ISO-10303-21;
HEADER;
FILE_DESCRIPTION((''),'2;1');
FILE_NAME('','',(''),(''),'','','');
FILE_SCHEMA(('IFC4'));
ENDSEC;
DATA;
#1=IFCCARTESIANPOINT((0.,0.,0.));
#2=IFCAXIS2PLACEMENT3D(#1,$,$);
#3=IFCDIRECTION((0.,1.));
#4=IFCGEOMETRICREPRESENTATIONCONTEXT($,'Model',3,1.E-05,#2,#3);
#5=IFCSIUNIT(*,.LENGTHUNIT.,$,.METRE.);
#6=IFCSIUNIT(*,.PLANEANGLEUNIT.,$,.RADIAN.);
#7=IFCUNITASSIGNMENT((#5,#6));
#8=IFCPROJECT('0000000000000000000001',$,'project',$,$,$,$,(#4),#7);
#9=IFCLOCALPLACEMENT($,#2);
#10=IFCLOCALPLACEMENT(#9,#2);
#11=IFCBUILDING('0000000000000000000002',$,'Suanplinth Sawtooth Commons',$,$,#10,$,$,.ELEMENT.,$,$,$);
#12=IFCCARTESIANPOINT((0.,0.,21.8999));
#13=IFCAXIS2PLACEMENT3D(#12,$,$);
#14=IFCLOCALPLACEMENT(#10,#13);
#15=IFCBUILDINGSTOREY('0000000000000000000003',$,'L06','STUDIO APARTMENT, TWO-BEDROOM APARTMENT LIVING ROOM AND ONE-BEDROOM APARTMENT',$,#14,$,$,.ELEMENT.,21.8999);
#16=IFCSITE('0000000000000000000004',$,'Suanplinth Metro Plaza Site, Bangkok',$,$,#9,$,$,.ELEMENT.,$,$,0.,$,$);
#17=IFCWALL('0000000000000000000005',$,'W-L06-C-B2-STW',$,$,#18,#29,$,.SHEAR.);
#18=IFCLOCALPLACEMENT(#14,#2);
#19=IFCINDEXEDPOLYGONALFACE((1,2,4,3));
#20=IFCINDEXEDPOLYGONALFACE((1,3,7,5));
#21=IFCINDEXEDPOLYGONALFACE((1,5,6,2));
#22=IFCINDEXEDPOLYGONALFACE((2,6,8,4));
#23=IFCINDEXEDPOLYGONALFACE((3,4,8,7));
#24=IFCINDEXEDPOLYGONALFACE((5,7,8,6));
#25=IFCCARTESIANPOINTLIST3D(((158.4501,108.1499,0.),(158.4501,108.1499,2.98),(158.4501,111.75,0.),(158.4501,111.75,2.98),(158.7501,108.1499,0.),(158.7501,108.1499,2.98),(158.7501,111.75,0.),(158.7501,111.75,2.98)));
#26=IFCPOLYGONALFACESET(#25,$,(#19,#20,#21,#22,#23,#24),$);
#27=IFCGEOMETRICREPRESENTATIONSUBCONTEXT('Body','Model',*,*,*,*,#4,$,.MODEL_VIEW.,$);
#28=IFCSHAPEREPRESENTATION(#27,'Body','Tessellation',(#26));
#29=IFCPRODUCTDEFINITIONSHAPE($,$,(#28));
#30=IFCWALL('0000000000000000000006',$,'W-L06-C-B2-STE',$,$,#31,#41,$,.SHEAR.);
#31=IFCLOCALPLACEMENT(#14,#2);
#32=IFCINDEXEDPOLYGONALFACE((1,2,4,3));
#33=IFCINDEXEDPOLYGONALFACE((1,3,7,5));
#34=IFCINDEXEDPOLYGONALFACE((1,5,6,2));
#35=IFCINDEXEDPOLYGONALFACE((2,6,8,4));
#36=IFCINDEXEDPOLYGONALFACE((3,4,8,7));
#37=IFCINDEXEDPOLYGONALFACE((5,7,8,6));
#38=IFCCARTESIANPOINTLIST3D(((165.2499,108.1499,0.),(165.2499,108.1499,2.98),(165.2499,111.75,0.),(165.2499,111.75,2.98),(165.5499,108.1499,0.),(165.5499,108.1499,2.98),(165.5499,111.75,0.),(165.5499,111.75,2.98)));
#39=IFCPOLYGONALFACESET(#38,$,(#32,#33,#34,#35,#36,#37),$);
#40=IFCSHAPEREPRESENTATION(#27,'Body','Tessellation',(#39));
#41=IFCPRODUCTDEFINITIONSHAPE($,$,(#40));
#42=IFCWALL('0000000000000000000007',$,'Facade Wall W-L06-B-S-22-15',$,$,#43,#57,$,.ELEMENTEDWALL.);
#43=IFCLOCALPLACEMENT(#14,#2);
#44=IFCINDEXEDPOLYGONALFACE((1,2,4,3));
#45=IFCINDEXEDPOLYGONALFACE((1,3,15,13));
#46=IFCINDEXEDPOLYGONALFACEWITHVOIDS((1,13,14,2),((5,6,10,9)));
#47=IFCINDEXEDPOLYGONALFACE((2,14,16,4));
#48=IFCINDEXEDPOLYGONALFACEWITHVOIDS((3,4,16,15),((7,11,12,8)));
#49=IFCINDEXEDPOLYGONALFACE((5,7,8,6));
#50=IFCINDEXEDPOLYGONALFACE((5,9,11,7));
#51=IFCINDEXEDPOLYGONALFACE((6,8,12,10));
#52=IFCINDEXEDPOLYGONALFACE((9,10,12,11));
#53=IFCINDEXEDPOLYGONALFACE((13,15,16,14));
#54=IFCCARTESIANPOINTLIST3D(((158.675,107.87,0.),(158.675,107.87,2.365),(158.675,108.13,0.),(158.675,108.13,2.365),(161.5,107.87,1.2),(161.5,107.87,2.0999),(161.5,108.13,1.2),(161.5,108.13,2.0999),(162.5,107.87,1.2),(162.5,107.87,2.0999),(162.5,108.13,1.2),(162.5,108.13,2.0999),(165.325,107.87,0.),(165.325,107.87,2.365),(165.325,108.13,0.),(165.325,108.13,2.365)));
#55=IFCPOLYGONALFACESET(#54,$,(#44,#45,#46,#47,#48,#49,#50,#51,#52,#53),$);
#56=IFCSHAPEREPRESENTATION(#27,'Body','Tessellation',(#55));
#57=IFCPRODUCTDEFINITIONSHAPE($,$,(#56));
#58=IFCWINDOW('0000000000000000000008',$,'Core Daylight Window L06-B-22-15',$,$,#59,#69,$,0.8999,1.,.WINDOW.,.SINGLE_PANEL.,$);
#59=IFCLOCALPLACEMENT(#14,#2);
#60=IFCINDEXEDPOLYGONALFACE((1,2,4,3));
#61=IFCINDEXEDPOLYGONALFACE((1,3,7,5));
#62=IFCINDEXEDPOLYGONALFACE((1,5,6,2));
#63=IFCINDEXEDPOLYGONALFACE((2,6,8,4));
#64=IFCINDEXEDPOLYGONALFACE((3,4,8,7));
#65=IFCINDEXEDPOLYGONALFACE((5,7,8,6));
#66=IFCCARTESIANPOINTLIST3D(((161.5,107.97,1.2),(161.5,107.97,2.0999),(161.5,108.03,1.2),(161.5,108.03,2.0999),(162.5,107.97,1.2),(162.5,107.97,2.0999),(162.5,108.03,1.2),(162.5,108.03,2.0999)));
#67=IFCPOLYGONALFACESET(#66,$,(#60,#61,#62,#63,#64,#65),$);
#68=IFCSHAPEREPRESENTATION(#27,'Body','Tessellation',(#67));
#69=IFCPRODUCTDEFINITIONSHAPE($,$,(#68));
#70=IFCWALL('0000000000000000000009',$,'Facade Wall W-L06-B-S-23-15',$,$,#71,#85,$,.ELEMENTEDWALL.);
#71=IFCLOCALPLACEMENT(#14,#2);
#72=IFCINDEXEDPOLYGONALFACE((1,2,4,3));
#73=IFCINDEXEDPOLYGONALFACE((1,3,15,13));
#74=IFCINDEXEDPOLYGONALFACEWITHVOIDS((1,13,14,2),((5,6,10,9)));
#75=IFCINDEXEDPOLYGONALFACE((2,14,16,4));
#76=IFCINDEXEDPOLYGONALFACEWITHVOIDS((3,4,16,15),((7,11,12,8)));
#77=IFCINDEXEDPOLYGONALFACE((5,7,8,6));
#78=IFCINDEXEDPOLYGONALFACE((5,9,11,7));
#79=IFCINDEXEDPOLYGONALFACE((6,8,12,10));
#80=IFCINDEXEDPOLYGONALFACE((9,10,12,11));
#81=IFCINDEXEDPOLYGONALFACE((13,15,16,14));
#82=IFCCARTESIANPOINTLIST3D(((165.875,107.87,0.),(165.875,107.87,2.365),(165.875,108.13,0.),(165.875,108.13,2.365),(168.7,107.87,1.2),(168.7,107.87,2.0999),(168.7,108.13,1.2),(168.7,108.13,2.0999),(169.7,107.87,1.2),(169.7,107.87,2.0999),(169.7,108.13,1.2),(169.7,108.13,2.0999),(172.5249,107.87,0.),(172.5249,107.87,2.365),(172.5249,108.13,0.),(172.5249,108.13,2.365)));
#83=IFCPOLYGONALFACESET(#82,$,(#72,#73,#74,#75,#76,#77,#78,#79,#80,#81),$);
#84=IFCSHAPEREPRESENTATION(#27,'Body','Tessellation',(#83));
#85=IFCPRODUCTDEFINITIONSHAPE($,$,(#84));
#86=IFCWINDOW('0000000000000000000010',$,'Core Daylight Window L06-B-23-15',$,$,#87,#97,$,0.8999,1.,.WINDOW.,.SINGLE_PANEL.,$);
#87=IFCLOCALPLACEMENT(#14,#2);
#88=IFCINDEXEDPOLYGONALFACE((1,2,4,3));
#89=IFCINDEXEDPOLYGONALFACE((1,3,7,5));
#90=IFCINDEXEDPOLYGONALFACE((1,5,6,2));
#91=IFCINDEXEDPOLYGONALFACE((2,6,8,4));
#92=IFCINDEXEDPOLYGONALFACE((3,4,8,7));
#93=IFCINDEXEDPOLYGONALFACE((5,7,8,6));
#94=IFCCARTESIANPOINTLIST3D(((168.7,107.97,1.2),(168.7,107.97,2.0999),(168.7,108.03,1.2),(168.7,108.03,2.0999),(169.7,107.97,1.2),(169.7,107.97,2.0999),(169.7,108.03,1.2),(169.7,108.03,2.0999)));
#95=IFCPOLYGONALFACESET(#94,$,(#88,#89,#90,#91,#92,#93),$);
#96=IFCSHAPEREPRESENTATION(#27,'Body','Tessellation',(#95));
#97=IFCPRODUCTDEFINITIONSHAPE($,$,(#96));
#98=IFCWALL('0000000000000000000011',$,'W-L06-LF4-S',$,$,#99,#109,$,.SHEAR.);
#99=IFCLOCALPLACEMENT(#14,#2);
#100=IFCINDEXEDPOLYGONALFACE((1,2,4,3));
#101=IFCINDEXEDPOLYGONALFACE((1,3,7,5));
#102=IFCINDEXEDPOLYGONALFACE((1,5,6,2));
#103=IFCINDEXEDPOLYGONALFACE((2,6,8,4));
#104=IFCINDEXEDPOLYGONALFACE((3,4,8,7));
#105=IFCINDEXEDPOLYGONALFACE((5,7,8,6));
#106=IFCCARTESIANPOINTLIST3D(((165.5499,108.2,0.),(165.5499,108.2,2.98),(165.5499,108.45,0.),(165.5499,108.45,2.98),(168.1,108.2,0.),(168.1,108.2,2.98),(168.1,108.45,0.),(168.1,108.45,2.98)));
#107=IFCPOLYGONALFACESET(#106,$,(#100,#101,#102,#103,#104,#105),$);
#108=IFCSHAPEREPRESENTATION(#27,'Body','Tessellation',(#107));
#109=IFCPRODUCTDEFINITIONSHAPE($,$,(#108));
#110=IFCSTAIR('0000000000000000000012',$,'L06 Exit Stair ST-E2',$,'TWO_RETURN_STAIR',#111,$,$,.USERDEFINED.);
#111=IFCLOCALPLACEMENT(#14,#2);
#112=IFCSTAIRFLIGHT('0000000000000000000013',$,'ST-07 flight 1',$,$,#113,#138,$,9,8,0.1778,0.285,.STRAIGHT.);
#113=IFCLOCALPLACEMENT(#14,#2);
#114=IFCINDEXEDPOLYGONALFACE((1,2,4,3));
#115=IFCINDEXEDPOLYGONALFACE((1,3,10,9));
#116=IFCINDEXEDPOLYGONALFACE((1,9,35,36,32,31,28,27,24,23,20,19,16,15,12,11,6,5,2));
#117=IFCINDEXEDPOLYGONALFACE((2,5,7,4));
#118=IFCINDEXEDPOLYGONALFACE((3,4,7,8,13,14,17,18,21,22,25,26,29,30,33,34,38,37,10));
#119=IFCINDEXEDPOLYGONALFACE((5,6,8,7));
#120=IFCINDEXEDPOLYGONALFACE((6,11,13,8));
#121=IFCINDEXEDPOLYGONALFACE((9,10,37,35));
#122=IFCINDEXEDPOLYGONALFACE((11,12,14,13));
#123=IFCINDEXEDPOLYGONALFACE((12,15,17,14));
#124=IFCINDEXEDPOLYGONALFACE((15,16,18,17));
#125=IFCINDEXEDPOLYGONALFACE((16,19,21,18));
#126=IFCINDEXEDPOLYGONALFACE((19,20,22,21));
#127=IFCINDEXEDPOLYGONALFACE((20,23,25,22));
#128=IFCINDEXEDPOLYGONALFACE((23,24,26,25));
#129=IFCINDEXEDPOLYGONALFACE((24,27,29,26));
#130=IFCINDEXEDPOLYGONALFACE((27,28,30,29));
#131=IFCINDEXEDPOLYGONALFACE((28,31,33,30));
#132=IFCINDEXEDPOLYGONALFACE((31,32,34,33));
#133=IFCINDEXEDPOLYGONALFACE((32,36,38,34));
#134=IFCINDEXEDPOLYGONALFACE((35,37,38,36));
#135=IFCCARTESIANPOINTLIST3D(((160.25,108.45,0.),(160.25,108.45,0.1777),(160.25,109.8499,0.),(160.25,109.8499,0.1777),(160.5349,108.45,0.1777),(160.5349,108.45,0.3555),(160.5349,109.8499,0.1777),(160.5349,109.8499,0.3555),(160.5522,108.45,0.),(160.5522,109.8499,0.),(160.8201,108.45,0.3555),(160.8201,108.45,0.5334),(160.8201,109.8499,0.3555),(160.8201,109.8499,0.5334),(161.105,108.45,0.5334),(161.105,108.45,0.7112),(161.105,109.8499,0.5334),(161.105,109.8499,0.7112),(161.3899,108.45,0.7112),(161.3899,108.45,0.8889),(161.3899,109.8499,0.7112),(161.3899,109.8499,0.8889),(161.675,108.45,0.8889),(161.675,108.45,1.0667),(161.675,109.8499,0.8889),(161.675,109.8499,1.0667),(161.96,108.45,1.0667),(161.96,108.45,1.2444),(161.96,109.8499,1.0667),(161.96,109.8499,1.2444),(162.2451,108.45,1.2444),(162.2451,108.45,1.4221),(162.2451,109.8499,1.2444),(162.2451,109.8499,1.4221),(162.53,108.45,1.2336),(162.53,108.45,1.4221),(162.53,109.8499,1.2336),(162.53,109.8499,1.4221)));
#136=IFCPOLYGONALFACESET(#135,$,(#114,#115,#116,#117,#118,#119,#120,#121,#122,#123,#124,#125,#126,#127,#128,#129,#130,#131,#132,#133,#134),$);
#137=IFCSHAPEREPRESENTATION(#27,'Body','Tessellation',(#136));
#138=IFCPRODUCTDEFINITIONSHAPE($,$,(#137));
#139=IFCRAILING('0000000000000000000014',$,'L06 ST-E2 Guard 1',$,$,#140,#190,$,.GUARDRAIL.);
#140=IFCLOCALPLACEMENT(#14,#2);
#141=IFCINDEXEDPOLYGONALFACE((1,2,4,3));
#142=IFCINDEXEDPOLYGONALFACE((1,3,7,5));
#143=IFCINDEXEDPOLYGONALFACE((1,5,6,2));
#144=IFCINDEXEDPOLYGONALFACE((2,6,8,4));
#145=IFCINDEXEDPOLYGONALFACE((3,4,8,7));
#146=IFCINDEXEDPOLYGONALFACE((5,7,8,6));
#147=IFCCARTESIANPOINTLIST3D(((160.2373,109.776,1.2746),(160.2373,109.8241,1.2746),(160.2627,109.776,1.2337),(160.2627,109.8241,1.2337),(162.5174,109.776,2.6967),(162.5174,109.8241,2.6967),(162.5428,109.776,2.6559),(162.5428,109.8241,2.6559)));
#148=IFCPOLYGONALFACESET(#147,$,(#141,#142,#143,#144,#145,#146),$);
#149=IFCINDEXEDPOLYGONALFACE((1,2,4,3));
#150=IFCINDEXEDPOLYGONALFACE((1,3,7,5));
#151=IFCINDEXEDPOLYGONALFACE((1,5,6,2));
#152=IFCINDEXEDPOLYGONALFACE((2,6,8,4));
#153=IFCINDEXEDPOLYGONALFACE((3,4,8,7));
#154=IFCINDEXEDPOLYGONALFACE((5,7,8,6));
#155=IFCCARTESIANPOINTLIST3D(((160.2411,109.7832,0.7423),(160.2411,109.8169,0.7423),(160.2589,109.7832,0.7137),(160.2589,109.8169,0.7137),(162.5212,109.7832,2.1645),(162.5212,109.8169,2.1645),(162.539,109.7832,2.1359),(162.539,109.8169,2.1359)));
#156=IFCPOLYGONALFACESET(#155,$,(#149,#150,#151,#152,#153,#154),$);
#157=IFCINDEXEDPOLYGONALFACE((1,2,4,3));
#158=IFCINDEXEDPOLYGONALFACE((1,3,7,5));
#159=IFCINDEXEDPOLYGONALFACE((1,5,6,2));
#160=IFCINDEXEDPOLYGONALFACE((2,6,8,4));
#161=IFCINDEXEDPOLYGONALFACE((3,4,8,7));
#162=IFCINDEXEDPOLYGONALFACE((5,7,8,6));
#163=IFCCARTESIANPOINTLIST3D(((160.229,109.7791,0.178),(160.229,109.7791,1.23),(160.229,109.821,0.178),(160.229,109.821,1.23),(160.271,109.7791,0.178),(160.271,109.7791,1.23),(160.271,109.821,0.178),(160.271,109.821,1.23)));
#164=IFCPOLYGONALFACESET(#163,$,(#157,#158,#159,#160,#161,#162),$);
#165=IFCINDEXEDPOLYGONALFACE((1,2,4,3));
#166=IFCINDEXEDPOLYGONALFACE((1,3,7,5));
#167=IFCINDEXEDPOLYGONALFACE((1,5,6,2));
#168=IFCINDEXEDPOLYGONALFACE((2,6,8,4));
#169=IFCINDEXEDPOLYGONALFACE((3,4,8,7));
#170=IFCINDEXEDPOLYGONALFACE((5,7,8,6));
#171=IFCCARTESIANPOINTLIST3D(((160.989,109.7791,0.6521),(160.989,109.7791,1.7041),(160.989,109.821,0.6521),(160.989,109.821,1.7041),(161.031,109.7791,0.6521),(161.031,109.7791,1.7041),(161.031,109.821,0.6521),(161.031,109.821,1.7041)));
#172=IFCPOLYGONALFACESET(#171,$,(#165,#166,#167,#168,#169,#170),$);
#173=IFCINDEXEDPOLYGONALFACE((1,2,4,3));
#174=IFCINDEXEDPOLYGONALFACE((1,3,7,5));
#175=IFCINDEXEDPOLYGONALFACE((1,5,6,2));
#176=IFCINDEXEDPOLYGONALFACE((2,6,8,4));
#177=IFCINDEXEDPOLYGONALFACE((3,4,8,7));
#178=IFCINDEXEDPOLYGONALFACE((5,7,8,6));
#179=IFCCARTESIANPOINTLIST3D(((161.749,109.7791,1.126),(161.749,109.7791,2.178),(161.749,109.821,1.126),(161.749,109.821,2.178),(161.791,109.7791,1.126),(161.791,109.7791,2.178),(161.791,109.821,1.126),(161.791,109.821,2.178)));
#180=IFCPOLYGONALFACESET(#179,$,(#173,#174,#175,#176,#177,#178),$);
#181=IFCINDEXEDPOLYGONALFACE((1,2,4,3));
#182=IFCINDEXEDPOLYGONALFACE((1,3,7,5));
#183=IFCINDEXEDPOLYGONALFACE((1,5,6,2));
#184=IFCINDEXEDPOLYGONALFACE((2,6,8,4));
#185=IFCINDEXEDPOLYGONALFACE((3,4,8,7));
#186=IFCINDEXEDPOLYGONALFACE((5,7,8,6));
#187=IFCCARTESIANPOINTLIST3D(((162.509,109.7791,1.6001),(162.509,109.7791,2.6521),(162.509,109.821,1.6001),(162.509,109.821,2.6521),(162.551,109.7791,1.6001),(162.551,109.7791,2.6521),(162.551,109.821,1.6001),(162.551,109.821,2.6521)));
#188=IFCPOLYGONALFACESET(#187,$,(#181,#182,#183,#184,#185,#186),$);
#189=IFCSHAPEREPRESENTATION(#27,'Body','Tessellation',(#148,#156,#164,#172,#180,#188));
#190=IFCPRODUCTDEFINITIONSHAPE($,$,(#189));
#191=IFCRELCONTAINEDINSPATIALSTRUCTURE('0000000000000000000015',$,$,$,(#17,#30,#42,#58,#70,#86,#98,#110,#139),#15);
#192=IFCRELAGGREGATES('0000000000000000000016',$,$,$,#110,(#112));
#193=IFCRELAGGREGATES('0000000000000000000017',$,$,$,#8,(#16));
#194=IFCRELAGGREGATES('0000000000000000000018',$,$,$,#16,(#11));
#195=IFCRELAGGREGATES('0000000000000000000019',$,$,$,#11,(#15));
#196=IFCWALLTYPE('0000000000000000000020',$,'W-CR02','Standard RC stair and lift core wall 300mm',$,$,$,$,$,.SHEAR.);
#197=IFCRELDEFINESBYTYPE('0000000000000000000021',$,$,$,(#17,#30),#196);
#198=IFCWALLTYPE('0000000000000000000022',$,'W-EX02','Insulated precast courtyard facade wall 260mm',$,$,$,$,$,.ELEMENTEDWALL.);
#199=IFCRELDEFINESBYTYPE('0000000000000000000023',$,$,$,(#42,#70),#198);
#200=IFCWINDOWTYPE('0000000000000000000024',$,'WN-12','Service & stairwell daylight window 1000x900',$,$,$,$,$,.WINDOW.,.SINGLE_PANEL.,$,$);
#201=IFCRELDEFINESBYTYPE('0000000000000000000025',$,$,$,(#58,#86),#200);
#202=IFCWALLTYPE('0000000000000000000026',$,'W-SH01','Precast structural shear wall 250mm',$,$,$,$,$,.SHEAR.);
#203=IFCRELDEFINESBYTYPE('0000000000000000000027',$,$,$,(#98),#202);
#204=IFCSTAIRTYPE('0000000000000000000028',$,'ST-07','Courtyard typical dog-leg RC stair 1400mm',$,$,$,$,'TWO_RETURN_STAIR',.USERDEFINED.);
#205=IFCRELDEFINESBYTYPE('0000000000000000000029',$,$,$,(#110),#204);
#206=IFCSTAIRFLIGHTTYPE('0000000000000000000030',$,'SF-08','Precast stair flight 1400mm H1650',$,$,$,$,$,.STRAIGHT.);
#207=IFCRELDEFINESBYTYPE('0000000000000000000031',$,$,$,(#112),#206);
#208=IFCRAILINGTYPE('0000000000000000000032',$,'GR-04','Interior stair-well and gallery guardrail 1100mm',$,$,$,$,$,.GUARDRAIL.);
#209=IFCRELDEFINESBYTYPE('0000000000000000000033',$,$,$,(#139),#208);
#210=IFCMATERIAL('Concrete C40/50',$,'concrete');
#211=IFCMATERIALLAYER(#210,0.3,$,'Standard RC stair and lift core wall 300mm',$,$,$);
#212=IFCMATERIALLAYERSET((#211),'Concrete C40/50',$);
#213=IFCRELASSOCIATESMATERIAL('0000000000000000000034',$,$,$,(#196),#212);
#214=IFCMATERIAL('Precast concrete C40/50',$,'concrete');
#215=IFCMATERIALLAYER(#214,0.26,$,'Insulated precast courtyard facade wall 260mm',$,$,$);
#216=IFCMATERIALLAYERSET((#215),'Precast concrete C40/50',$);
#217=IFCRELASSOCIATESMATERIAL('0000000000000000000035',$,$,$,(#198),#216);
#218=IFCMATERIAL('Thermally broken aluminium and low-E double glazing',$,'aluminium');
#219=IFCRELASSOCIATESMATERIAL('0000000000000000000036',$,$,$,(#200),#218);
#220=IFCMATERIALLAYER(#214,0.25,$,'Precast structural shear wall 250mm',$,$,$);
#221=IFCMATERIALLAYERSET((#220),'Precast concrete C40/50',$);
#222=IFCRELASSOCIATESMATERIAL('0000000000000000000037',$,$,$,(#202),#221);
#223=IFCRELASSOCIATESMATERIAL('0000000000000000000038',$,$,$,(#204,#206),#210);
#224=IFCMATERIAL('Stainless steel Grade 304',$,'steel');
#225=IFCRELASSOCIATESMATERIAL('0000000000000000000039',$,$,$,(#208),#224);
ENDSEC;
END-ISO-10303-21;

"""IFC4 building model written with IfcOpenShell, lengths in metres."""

from ifc_helpers import new_model, si_unit, direction, frame, frame_2d, origin, origin_2d, place, context, subcontext, project, spatial, polyline, rectangle, outline, extrude, material, layer, layer_set, type_object, element, fill, aggregate, save


model = new_model("IFC4")

# Units and contexts
model_context = context("Model", 3, precision=1e-05, world=origin(), true_north=direction((0.0, 1.0)))
body_context = subcontext(model_context, "Body", "Model", "MODEL_VIEW")
ifc_project = project(units=[si_unit("LENGTHUNIT", "METRE"), si_unit("PLANEANGLEUNIT", "RADIAN")], contexts=[model_context])

# Site, building, storey
site_placement = place(None, origin())
site = spatial("IfcSite", under=ifc_project, at=site_placement, Name="Suanplinth Metro Plaza Site, Bangkok", CompositionType="ELEMENT", RefElevation=0.0)
building_placement = place(site_placement, origin())
building = spatial("IfcBuilding", under=site, at=building_placement, Name="Suanplinth Sawtooth Commons", CompositionType="ELEMENT")
storey_placement = place(building_placement, frame((0.0, 0.0, 21.8999)))
storey = spatial("IfcBuildingStorey", under=building, at=storey_placement, Name="L06", Description="STUDIO APARTMENT, TWO-BEDROOM APARTMENT LIVING ROOM AND ONE-BEDROOM APARTMENT", CompositionType="ELEMENT", Elevation=21.8999)

# Shared definitions
ifc_material_1 = material(Name="Precast concrete C40/50", Category="concrete")

# Walls
ifc_material_2 = material(Name="Concrete C40/50", Category="concrete")
ifc_layer_1 = layer(ifc_material_2, 0.3, Name="Standard RC stair and lift core wall 300mm")
ifc_layer_set_1 = layer_set([ifc_layer_1], Name="Concrete C40/50")
wall_type_1 = type_object("IfcWallType", Name="W-CR02", Description="Standard RC stair and lift core wall 300mm", PredefinedType="SHEAR", material=ifc_layer_set_1)
for number, where, z_axis, x_axis, name in (
    (1, (158.6001, 108.1499, 0.0), (0.0, 0.0, 1.0), (0.0, 1.0, 0.0), "W-L06-C-B2-STW"),
    (2, (165.3999, 108.1499, 0.0), (0.0, 0.0, 1.0), (0.0, 1.0, 0.0), "W-L06-C-B2-STE"),
):
    element("IfcWall", number, at=place(storey_placement, frame(where, z_axis=z_axis, x_axis=x_axis)), inside=storey, type_object=wall_type_1, Name=name, PredefinedType="SHEAR", context=body_context, shape_type="SweptSolid", body=[
        extrude(rectangle(XDim=3.6001, YDim=0.3, at=frame_2d((1.8, 0.0))), origin(), (0.0, 0.0, 1.0), 2.98),
    ])

# Walls, openings, windows
ifc_layer_2 = layer(ifc_material_1, 0.26, Name="Insulated precast courtyard facade wall 260mm")
ifc_layer_set_2 = layer_set([ifc_layer_2], Name="Precast concrete C40/50")
wall_type_2 = type_object("IfcWallType", Name="W-EX02", Description="Insulated precast courtyard facade wall 260mm", PredefinedType="ELEMENTEDWALL", material=ifc_layer_set_2)
wall_1_placement = place(storey_placement, frame((158.675, 108.0, 0.0), z_axis=(0.0, 0.0, 1.0), x_axis=(1.0, 0.0, 0.0)))
wall_1 = element("IfcWall", 3, at=wall_1_placement, inside=storey, type_object=wall_type_2, Name="Facade Wall W-L06-B-S-22-15", PredefinedType="ELEMENTEDWALL", context=body_context, shape_type="SweptSolid", body=[
    extrude(rectangle(XDim=6.6499, YDim=0.26, at=frame_2d((3.325, 0.0))), origin(), (0.0, 0.0, 1.0), 2.365),
])
opening_1_placement = place(wall_1_placement, frame((2.825, 0.0, 1.2)))
opening_1 = element("IfcOpeningElement", 4, at=opening_1_placement, cuts=wall_1, PredefinedType="OPENING", context=body_context, shape_type="SweptSolid", body=[
    extrude(rectangle(XDim=1.0, YDim=0.8999, at=frame_2d((0.5, 0.45))), frame((0.0, 0.145, 0.0), z_axis=(0.0, -1.0, 0.0), x_axis=(1.0, 0.0, 0.0)), (0.0, 0.0, 1.0), 0.2898),
])
ifc_material_3 = material(Name="Thermally broken aluminium and low-E double glazing", Category="aluminium")
window_type = type_object("IfcWindowType", Name="WN-12", Description="Service & stairwell daylight window 1000x900", PartitioningType="SINGLE_PANEL", PredefinedType="WINDOW", material=ifc_material_3)
window_1_placement = place(opening_1_placement, origin())
window_1 = element("IfcWindow", 5, at=window_1_placement, inside=storey, type_object=window_type, Name="Core Daylight Window L06-B-22-15", OverallHeight=0.8999, OverallWidth=1.0, PartitioningType="SINGLE_PANEL", PredefinedType="WINDOW", context=body_context, shape_type="SweptSolid", body=[
    extrude(rectangle(XDim=1.0, YDim=0.8999, at=frame_2d((0.5, 0.45))), frame((0.0, 0.03, 0.0), z_axis=(0.0, -1.0, 0.0), x_axis=(1.0, 0.0, 0.0)), (0.0, 0.0, 1.0), 0.0601),
])
fill(opening_1, window_1)
wall_2_placement = place(storey_placement, frame((165.875, 108.0, 0.0), z_axis=(0.0, 0.0, 1.0), x_axis=(1.0, 0.0, 0.0)))
wall_2 = element("IfcWall", 6, at=wall_2_placement, inside=storey, type_object=wall_type_2, Name="Facade Wall W-L06-B-S-23-15", PredefinedType="ELEMENTEDWALL", context=body_context, shape_type="SweptSolid", body=[
    extrude(rectangle(XDim=6.6499, YDim=0.26, at=frame_2d((3.325, 0.0))), origin(), (0.0, 0.0, 1.0), 2.365),
])
opening_2_placement = place(wall_2_placement, frame((2.825, 0.0, 1.2)))
opening_2 = element("IfcOpeningElement", 7, at=opening_2_placement, cuts=wall_2, PredefinedType="OPENING", context=body_context, shape_type="SweptSolid", body=[
    extrude(rectangle(XDim=1.0, YDim=0.8999, at=frame_2d((0.5, 0.45))), frame((0.0, 0.145, 0.0), z_axis=(0.0, -1.0, 0.0), x_axis=(1.0, 0.0, 0.0)), (0.0, 0.0, 1.0), 0.2898),
])
window_2_placement = place(opening_2_placement, origin())
window_2 = element("IfcWindow", 8, at=window_2_placement, inside=storey, type_object=window_type, Name="Core Daylight Window L06-B-23-15", OverallHeight=0.8999, OverallWidth=1.0, PartitioningType="SINGLE_PANEL", PredefinedType="WINDOW", context=body_context, shape_type="SweptSolid", body=[
    extrude(rectangle(XDim=1.0, YDim=0.8999, at=frame_2d((0.5, 0.45))), frame((0.0, 0.03, 0.0), z_axis=(0.0, -1.0, 0.0), x_axis=(1.0, 0.0, 0.0)), (0.0, 0.0, 1.0), 0.0601),
])
fill(opening_2, window_2)

# Wall
ifc_layer_3 = layer(ifc_material_1, 0.25, Name="Precast structural shear wall 250mm")
ifc_layer_set_3 = layer_set([ifc_layer_3], Name="Precast concrete C40/50")
wall_type_3 = type_object("IfcWallType", Name="W-SH01", Description="Precast structural shear wall 250mm", PredefinedType="SHEAR", material=ifc_layer_set_3)
wall_3_placement = place(storey_placement, frame((165.55, 108.325, 0.0), z_axis=(0.0, 0.0, 1.0), x_axis=(1.0, 0.0, 0.0)))
element("IfcWall", 9, at=wall_3_placement, inside=storey, type_object=wall_type_3, Name="W-L06-LF4-S", PredefinedType="SHEAR", context=body_context, shape_type="SweptSolid", body=[
    extrude(rectangle(XDim=2.55, YDim=0.25, at=frame_2d((1.2749, 0.0))), origin(), (0.0, 0.0, 1.0), 2.98),
])

# Stair, stair flight
stair_type = type_object("IfcStairType", Name="ST-07", Description="Courtyard typical dog-leg RC stair 1400mm", ElementType="TWO_RETURN_STAIR", PredefinedType="USERDEFINED", material=ifc_material_2)
stair_placement = place(storey_placement, origin())
stair = element("IfcStair", 10, at=stair_placement, inside=storey, type_object=stair_type, Name="L06 Exit Stair ST-E2", ObjectType="TWO_RETURN_STAIR", PredefinedType="USERDEFINED")
stair_flight_type = type_object("IfcStairFlightType", Name="SF-08", Description="Precast stair flight 1400mm H1650", PredefinedType="STRAIGHT", material=ifc_material_2)
stair_flight_placement = place(storey_placement, frame((160.25, 109.1499, 0.0), z_axis=(0.0, 0.0, 1.0), x_axis=(1.0, 0.0, 0.0)))
stair_flight = element("IfcStairFlight", 11, at=stair_flight_placement, type_object=stair_flight_type, Name="ST-07 flight 1", NumberOfRisers=9, NumberOfTreads=8, PredefinedType="STRAIGHT", RiserHeight=0.1778, TreadLength=0.285, context=body_context, shape_type="SweptSolid", body=[
    extrude(outline(polyline([(0.0, 0.0), (0.0, 0.1777), (0.2849, 0.1777), (0.2849, 0.3555), (0.5701, 0.3555), (0.5701, 0.5334), (0.855, 0.5334), (0.855, 0.7112), (1.1399, 0.7112), (1.1399, 0.8889), (1.425, 0.8889), (1.425, 1.0667), (1.71, 1.0667), (1.71, 1.2444), (1.9951, 1.2444), (1.9951, 1.4221), (2.28, 1.4221), (2.28, 1.6001), (2.28, 1.2336), (0.3022, 0.0), (0.0, 0.0)])), frame((0.0, 0.7, 0.0), z_axis=(0.0, -1.0, 0.0), x_axis=(1.0, 0.0, 0.0)), (0.0, 0.0, 1.0), 1.3999),
])
aggregate(stair, [stair_flight])

# Railing
ifc_material_4 = material(Name="Stainless steel Grade 304", Category="steel")
railing_type_1 = type_object("IfcRailingType", Name="GR-04", Description="Interior stair-well and gallery guardrail 1100mm", PredefinedType="GUARDRAIL", material=ifc_material_4)
railing_1_placement = place(storey_placement, frame((160.25, 109.8, 0.178)))
element("IfcRailing", 12, at=railing_1_placement, inside=storey, type_object=railing_type_1, Name="L06 ST-E2 Guard 1", PredefinedType="GUARDRAIL", context=body_context, shape_type="SweptSolid", body=[
    extrude(rectangle(XDim=0.0481, YDim=0.0481, at=origin_2d()), frame((0.0, 0.0, 1.0762), z_axis=(0.848483, 0.0, 0.529223), x_axis=(0.0, 1.0, 0.0)), (0.0, 0.0, 1.0), 2.6873),
    extrude(rectangle(XDim=0.0337, YDim=0.0337, at=origin_2d()), frame((0.0, 0.0, 0.55), z_axis=(0.848483, 0.0, 0.529223), x_axis=(0.0, 1.0, 0.0)), (0.0, 0.0, 1.0), 2.6873),
    extrude(rectangle(XDim=0.042, YDim=0.042, at=origin_2d()), origin(), (0.0, 0.0, 1.0), 1.052),
    extrude(rectangle(XDim=0.042, YDim=0.042, at=origin_2d()), frame((0.76, 0.0, 0.4741)), (0.0, 0.0, 1.0), 1.052),
    extrude(rectangle(XDim=0.042, YDim=0.042, at=origin_2d()), frame((1.52, 0.0, 0.948)), (0.0, 0.0, 1.0), 1.052),
    extrude(rectangle(XDim=0.042, YDim=0.042, at=origin_2d()), frame((2.28, 0.0, 1.4221)), (0.0, 0.0, 1.0), 1.052),
])

save(model, "model.ifc")
